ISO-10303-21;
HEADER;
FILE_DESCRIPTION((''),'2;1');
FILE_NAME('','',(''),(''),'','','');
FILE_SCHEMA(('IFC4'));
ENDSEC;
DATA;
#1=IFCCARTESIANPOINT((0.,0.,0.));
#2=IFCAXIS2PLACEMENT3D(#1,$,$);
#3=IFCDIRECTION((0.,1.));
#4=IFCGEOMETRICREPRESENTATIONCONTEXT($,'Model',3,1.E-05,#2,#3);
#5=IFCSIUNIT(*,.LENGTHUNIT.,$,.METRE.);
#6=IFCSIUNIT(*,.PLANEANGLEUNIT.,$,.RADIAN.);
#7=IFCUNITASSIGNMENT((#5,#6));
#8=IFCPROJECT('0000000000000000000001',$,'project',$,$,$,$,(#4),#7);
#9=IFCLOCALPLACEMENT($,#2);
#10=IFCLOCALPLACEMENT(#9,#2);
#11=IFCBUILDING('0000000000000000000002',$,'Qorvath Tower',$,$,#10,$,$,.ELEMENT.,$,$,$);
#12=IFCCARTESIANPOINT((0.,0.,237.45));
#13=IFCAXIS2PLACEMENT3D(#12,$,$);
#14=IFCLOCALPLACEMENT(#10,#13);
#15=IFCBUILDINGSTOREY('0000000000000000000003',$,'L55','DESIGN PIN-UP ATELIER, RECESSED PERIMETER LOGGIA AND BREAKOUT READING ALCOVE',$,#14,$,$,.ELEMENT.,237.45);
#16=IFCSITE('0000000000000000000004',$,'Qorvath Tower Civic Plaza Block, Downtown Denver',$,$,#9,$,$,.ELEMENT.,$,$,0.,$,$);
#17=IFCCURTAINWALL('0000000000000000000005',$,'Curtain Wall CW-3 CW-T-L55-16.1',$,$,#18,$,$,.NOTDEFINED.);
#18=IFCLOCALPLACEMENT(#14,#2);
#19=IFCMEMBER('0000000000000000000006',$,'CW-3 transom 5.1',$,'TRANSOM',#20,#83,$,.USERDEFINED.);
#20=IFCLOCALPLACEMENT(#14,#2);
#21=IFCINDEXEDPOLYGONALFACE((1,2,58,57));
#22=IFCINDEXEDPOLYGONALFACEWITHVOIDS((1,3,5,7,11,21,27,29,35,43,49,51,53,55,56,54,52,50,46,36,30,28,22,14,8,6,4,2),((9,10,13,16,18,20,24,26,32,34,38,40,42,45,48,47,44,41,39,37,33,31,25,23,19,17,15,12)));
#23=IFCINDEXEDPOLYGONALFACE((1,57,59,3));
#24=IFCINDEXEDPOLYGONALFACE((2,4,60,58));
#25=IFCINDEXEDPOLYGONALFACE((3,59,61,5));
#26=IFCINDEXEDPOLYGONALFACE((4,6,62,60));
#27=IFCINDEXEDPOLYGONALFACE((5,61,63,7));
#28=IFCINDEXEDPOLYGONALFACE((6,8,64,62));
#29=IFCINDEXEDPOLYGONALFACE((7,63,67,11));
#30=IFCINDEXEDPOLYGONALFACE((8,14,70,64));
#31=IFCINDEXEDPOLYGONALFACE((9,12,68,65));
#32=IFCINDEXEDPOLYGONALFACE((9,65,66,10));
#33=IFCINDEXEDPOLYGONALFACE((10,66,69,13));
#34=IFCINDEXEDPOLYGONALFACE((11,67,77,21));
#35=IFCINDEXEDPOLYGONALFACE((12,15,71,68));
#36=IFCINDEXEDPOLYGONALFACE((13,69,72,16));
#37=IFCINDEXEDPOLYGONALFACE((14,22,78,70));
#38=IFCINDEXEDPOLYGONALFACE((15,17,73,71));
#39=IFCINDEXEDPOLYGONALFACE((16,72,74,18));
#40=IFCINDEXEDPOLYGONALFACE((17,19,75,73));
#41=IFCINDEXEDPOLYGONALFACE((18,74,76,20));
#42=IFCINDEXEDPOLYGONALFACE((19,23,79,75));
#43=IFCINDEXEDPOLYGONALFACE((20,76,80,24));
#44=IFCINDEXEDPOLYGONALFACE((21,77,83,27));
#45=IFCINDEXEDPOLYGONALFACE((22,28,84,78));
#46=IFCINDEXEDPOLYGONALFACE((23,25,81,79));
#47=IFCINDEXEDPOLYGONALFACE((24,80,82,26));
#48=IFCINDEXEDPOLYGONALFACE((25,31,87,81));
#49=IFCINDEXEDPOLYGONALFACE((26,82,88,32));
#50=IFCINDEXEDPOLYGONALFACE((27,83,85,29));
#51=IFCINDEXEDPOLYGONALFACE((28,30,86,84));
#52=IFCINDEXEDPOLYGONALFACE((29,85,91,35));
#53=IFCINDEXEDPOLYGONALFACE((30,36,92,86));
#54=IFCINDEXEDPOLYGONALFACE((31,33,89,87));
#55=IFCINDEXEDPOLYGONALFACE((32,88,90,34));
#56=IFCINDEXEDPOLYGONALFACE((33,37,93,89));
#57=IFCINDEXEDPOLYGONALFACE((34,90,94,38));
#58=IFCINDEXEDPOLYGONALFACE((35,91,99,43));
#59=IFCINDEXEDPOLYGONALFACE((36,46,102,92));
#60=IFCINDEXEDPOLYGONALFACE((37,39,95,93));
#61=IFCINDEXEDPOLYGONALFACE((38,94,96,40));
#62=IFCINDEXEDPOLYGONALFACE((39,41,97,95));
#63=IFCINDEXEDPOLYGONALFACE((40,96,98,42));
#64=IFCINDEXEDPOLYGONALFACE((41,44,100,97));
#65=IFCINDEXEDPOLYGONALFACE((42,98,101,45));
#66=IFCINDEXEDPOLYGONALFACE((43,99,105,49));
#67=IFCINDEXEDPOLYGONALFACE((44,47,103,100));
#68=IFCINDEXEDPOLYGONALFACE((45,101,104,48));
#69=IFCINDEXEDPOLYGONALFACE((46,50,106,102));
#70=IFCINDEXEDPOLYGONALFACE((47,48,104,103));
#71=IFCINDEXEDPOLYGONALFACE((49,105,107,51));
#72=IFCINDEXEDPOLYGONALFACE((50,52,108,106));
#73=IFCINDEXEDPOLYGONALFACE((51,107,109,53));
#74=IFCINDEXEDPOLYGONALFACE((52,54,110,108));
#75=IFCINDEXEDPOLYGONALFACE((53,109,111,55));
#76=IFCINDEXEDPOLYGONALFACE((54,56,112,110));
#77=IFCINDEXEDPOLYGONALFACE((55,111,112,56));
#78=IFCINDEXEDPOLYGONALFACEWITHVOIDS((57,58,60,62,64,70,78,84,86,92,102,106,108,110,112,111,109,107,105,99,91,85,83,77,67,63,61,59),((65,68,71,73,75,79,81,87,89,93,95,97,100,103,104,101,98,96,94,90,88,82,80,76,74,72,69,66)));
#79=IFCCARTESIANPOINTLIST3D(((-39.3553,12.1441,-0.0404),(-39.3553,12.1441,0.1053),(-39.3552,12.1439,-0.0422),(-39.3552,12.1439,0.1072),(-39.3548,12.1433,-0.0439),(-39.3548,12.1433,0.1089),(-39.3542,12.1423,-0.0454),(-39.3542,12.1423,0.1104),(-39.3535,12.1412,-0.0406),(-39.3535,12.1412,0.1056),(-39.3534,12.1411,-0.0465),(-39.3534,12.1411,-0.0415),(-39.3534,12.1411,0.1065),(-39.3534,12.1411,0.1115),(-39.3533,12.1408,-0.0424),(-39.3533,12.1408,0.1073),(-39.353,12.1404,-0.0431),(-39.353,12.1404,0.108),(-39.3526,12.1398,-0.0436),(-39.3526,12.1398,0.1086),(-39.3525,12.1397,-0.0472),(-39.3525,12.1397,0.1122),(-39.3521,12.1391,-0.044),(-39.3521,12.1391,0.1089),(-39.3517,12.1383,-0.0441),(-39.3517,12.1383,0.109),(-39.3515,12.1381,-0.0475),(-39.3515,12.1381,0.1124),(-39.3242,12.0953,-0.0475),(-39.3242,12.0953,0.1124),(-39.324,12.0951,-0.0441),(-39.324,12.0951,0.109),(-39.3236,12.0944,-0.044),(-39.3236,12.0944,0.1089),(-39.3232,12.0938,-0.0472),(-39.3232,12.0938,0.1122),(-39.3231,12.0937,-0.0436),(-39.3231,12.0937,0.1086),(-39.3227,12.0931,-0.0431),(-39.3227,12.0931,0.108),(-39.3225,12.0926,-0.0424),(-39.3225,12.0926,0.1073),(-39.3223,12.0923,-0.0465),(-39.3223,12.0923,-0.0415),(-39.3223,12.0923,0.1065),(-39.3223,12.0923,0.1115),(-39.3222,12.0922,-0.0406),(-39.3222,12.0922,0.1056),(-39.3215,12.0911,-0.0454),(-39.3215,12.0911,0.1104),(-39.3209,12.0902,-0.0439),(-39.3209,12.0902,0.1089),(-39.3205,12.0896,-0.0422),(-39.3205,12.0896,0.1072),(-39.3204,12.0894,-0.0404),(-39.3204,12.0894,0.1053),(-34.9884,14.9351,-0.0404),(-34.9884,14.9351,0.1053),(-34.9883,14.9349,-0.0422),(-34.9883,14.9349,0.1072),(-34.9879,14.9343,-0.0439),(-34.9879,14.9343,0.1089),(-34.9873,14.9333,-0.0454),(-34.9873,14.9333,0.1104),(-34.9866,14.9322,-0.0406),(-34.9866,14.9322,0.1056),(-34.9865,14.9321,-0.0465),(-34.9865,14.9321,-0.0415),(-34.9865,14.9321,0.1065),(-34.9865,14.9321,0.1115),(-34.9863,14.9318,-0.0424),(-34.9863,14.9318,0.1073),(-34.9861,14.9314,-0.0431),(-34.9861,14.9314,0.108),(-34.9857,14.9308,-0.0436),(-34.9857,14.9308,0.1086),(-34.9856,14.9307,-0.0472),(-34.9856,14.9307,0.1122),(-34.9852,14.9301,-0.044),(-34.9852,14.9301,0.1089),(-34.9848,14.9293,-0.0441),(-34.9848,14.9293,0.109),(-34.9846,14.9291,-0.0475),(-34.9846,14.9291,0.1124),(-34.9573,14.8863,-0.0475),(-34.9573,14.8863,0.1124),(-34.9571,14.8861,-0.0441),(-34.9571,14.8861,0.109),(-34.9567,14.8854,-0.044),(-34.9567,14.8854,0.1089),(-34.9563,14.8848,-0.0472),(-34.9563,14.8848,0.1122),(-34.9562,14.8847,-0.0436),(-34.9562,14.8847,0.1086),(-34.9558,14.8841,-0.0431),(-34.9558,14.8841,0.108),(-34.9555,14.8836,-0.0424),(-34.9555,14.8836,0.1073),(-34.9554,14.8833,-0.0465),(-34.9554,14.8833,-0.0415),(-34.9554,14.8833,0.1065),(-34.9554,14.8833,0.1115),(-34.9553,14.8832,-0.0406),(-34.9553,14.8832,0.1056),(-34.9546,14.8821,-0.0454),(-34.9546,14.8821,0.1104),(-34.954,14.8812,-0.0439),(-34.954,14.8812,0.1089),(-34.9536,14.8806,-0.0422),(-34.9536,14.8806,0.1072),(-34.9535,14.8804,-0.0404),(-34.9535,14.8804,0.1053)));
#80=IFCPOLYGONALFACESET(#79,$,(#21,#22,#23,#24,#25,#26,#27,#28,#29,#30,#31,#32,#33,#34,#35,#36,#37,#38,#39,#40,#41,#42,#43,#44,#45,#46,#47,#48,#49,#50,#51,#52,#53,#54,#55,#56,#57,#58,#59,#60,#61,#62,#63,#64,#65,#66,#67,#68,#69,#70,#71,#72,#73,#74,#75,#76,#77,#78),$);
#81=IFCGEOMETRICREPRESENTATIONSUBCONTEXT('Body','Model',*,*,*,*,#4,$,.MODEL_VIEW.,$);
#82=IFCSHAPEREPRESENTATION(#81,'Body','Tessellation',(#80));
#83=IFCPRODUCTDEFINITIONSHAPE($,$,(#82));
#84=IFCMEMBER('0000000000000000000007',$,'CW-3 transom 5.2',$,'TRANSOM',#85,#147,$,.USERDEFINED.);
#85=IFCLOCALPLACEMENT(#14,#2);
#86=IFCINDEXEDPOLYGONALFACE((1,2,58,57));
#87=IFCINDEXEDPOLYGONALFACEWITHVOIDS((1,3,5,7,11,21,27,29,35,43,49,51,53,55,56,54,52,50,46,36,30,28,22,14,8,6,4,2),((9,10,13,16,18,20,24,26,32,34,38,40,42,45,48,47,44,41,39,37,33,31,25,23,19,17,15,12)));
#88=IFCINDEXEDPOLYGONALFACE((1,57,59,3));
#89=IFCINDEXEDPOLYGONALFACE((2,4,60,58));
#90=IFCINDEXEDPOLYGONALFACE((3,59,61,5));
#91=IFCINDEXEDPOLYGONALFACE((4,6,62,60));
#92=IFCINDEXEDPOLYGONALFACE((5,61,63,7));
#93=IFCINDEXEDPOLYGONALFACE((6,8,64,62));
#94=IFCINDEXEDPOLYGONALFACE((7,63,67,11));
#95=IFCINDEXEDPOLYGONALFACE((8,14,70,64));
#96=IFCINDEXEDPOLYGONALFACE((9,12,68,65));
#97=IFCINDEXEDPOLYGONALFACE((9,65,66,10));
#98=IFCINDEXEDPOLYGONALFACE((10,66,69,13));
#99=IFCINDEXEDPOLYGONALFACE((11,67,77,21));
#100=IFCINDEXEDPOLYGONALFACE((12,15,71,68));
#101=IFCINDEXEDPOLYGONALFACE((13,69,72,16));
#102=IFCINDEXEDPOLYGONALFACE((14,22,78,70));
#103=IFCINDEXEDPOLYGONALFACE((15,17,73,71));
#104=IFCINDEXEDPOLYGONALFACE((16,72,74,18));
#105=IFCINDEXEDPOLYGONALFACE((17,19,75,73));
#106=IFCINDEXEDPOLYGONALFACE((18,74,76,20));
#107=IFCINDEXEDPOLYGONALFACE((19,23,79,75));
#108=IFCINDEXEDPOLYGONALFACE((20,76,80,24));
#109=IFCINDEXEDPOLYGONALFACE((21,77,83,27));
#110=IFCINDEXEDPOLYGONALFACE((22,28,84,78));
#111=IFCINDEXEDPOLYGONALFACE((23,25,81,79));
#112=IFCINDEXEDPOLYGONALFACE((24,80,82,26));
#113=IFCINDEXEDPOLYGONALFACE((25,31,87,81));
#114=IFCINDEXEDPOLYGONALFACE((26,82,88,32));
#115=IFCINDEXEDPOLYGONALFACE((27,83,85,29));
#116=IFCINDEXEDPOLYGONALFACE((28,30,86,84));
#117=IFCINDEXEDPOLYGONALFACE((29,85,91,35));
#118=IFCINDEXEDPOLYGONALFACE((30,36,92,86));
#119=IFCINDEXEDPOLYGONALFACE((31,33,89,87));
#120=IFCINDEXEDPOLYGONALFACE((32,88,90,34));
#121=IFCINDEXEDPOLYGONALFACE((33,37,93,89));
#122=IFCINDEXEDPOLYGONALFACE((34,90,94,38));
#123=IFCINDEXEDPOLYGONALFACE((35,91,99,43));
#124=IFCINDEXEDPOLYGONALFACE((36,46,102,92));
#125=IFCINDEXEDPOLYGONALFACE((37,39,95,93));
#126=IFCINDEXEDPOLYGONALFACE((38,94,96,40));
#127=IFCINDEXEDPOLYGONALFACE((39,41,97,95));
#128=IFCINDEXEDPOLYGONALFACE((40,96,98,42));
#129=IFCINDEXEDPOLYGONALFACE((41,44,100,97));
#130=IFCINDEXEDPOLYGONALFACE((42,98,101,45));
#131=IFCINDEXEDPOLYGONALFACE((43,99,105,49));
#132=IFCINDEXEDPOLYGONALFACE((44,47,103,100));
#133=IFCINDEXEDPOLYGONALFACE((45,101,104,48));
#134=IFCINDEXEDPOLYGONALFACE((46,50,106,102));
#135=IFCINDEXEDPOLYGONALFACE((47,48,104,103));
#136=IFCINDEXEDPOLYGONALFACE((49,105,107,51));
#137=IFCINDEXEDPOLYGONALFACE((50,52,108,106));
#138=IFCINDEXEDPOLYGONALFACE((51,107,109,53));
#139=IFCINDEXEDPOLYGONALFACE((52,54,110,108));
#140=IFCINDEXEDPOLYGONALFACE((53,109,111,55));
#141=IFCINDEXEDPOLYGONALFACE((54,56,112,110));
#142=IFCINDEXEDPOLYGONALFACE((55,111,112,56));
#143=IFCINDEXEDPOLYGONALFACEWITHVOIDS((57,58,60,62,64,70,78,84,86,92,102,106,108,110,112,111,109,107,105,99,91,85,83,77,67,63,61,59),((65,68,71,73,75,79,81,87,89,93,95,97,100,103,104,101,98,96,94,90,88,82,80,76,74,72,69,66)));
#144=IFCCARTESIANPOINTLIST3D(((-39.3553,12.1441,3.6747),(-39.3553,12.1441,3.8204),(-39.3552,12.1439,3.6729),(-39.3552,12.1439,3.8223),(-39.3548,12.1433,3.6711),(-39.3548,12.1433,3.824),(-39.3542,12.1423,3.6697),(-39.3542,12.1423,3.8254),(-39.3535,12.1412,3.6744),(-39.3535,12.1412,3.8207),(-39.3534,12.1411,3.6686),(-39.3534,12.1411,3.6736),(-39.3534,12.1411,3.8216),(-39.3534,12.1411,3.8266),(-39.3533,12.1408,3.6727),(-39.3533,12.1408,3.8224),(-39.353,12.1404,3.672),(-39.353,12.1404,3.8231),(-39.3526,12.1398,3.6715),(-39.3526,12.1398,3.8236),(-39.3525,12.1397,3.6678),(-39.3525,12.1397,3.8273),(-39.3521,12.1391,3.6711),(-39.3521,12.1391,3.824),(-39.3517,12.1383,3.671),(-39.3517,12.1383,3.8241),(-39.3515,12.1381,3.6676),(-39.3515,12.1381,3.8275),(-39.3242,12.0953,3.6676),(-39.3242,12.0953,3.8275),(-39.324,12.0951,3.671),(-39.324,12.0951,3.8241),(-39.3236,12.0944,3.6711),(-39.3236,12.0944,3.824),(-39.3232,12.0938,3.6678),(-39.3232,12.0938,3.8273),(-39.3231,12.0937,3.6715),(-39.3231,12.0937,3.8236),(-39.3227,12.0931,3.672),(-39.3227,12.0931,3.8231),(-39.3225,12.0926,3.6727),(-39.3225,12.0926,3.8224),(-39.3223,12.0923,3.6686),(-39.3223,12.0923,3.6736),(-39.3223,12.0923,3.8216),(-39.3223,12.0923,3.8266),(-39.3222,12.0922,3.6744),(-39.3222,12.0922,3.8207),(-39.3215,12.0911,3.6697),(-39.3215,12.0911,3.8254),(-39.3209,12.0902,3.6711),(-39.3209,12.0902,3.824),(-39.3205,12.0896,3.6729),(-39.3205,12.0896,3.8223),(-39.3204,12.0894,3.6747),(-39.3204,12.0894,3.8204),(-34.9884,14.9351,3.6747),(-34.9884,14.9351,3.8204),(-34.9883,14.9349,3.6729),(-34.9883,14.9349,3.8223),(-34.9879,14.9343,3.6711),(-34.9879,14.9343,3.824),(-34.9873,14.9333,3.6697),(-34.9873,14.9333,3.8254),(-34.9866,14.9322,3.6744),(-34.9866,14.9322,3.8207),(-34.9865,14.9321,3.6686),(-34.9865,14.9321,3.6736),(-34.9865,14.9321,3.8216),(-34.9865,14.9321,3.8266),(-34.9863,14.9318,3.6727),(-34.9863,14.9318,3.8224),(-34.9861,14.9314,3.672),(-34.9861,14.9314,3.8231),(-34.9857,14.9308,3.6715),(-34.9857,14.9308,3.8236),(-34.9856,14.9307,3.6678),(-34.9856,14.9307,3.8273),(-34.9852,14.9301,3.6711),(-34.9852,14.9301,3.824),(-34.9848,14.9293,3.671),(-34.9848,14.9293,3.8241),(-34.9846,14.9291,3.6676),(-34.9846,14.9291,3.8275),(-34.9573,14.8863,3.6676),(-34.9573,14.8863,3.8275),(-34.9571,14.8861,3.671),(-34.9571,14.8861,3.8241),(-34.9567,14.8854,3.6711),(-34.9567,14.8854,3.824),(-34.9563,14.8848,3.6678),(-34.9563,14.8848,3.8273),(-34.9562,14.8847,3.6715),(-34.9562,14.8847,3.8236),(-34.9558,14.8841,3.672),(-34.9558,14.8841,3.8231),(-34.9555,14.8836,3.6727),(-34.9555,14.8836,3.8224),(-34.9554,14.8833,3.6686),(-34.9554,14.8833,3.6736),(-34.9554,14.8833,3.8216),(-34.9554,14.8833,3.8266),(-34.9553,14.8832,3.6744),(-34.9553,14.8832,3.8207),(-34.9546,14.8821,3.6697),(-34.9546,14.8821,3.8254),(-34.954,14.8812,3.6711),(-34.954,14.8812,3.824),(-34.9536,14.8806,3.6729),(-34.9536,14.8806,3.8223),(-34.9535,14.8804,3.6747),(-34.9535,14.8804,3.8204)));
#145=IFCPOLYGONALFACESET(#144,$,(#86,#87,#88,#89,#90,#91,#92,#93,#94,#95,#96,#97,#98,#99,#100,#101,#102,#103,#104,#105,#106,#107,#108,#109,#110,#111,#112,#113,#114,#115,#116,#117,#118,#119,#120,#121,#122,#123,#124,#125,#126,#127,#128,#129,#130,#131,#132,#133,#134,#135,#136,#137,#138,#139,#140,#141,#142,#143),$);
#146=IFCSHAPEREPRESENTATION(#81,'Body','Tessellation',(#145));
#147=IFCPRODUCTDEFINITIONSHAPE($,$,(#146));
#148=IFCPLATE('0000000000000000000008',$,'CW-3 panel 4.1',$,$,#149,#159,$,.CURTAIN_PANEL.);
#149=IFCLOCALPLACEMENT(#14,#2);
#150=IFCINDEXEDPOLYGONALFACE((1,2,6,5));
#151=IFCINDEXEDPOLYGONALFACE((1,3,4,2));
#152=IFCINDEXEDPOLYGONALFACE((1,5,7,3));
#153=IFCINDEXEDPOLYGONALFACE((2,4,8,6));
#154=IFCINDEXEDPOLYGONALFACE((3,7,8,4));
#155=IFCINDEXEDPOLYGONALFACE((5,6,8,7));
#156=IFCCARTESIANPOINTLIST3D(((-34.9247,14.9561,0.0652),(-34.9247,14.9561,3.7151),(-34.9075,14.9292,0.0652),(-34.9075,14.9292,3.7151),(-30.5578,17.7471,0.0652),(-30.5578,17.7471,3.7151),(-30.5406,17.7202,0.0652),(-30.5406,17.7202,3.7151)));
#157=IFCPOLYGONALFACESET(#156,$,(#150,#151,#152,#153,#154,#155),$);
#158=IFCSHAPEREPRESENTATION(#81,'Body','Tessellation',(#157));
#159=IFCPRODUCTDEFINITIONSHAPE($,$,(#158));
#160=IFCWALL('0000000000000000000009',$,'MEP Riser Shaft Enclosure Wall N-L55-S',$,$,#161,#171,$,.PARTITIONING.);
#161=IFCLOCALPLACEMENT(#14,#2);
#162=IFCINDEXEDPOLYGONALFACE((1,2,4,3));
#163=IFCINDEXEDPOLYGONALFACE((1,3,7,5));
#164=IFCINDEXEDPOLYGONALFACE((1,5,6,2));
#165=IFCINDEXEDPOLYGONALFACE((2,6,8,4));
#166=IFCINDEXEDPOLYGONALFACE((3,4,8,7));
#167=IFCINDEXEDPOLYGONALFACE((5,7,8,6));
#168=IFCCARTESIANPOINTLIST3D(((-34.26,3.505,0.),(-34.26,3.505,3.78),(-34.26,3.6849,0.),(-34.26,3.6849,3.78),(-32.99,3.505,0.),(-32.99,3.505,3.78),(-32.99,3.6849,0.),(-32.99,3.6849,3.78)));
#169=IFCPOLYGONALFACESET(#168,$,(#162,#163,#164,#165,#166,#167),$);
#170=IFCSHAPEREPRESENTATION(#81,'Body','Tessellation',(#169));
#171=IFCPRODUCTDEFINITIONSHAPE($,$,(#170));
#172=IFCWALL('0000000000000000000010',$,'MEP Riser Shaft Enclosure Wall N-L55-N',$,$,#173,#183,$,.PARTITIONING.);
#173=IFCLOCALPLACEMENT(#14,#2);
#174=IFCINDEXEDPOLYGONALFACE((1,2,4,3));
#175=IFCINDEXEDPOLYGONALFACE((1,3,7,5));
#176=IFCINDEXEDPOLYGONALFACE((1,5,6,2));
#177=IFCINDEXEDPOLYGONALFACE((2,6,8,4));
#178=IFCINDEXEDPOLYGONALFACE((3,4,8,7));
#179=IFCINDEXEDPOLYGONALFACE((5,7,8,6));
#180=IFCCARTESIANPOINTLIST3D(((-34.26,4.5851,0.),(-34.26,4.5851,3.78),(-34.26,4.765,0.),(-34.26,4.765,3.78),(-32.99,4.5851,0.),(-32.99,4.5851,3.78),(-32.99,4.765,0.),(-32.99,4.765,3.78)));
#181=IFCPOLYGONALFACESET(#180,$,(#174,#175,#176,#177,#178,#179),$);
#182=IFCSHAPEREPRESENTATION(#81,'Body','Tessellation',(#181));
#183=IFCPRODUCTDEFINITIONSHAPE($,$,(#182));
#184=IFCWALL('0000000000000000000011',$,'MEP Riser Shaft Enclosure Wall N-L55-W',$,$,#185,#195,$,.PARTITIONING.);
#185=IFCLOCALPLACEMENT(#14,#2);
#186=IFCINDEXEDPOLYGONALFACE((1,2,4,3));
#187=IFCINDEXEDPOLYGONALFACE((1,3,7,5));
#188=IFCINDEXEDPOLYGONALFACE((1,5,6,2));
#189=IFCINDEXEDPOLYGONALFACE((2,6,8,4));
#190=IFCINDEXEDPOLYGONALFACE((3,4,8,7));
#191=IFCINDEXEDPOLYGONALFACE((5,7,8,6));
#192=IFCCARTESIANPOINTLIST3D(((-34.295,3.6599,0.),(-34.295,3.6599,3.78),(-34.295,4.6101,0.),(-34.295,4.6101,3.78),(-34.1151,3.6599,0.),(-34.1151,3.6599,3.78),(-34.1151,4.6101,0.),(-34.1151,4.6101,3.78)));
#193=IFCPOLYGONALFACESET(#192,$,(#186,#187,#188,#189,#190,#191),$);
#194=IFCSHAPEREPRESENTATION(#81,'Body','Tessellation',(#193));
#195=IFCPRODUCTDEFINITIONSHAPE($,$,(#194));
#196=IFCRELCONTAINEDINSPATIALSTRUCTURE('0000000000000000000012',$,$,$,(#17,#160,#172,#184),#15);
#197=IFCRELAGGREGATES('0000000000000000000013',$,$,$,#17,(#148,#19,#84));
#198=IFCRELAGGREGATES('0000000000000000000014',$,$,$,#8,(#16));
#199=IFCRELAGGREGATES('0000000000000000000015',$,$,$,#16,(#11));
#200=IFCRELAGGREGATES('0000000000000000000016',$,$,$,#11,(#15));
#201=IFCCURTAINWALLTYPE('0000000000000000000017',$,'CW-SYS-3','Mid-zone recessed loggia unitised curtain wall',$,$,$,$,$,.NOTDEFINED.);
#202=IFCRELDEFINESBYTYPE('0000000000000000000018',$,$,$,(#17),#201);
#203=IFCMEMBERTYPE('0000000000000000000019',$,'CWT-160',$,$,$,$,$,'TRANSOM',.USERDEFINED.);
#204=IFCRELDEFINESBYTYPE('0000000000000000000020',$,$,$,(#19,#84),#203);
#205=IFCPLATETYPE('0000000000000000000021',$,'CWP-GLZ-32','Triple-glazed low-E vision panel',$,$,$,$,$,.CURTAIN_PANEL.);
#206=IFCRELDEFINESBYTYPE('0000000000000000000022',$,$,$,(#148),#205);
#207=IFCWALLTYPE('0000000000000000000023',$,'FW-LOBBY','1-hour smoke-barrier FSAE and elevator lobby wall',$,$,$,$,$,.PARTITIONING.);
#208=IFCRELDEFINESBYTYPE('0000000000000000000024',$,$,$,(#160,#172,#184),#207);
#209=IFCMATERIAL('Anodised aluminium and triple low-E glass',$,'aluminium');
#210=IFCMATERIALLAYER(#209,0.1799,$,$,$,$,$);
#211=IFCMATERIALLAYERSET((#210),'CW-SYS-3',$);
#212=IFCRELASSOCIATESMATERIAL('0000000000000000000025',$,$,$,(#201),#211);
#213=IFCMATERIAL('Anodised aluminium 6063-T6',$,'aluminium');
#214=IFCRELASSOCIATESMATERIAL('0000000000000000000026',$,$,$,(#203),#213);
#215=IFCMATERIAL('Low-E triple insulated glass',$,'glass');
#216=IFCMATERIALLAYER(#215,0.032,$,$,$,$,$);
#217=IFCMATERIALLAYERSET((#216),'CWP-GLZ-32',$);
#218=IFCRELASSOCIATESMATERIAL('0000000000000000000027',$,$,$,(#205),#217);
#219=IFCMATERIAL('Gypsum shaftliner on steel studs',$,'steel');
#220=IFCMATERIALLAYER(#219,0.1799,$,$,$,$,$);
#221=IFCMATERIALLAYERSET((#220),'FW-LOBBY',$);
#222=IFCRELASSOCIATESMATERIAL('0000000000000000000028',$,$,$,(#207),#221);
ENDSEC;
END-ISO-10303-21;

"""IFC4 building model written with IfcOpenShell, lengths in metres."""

from ifc_helpers import new_model, si_unit, direction, frame, frame_2d, origin, origin_2d, place, context, subcontext, project, spatial, rectangle, hollow_rectangle, extrude, material, layer, layer_set, material_profile, profile_set, type_object, element, aggregate, save


model = new_model("IFC4")

# Units and contexts
model_context = context("Model", 3, precision=1e-05, world=origin(), true_north=direction((0.0, 1.0)))
body_context = subcontext(model_context, "Body", "Model", "MODEL_VIEW")
ifc_project = project(units=[si_unit("LENGTHUNIT", "METRE"), si_unit("PLANEANGLEUNIT", "RADIAN")], contexts=[model_context])

# Site, building, storey
site_placement = place(None, origin())
site = spatial("IfcSite", under=ifc_project, at=site_placement, Name="Qorvath Tower Civic Plaza Block, Downtown Denver", CompositionType="ELEMENT", RefElevation=0.0)
building_placement = place(site_placement, origin())
building = spatial("IfcBuilding", under=site, at=building_placement, Name="Qorvath Tower", CompositionType="ELEMENT")
storey_placement = place(building_placement, frame((0.0, 0.0, 237.45)))
storey = spatial("IfcBuildingStorey", under=building, at=storey_placement, Name="L55", Description="DESIGN PIN-UP ATELIER, RECESSED PERIMETER LOGGIA AND BREAKOUT READING ALCOVE", CompositionType="ELEMENT", Elevation=237.45)

# Curtain wall, members, plate
ifc_material_1 = material(Name="Anodised aluminium and triple low-E glass", Category="aluminium")
ifc_layer_1 = layer(ifc_material_1, 0.1799)
ifc_layer_set_1 = layer_set([ifc_layer_1], Name="CW-SYS-3")
curtain_wall_type = type_object("IfcCurtainWallType", Name="CW-SYS-3", Description="Mid-zone recessed loggia unitised curtain wall", PredefinedType="NOTDEFINED", material=ifc_layer_set_1)
curtain_wall_placement = place(storey_placement, origin())
curtain_wall = element("IfcCurtainWall", 1, at=curtain_wall_placement, inside=storey, type_object=curtain_wall_type, Name="Curtain Wall CW-3 CW-T-L55-16.1", PredefinedType="NOTDEFINED")
ifc_material_2 = material(Name="Anodised aluminium 6063-T6", Category="aluminium")
ifc_material_profile_1 = material_profile(ifc_material_2, hollow_rectangle(XDim=0.0649, YDim=0.1599, WallThickness=0.0034, InnerFilletRadius=0.0034, OuterFilletRadius=0.0071, at=origin_2d()), Name="CWT 160x65")
ifc_profile_set_1 = profile_set([ifc_material_profile_1], Name="Anodised aluminium 6063-T6")
member_type_1 = type_object("IfcMemberType", Name="CWT-160", ElementType="TRANSOM", PredefinedType="USERDEFINED", material=ifc_profile_set_1)
member_1_placement = place(storey_placement, frame((-34.9709, 14.9077, 0.0325), z_axis=(-0.842607, -0.53853, 0.0), x_axis=(0.53853, -0.842607, 0.0)))
member_1 = element("IfcMember", 2, at=member_1_placement, type_object=member_type_1, Name="CW-3 transom 5.1", ObjectType="TRANSOM", PredefinedType="USERDEFINED", context=body_context, shape_type="SweptSolid", body=[
    extrude(hollow_rectangle(XDim=0.0649, YDim=0.1599, WallThickness=0.0034, InnerFilletRadius=0.0034, OuterFilletRadius=0.0071, at=origin_2d()), origin(), (0.0, 0.0, 1.0), 5.1826),
])
member_2_placement = place(storey_placement, frame((-34.9709, 14.9077, 3.7476), z_axis=(-0.842607, -0.53853, 0.0), x_axis=(0.53853, -0.842607, 0.0)))
member_2 = element("IfcMember", 3, at=member_2_placement, type_object=member_type_1, Name="CW-3 transom 5.2", ObjectType="TRANSOM", PredefinedType="USERDEFINED", context=body_context, shape_type="SweptSolid", body=[
    extrude(hollow_rectangle(XDim=0.0649, YDim=0.1599, WallThickness=0.0034, InnerFilletRadius=0.0034, OuterFilletRadius=0.0071, at=origin_2d()), origin(), (0.0, 0.0, 1.0), 5.1826),
])
ifc_material_3 = material(Name="Low-E triple insulated glass", Category="glass")
ifc_layer_2 = layer(ifc_material_3, 0.032)
ifc_layer_set_2 = layer_set([ifc_layer_2], Name="CWP-GLZ-32")
plate_type = type_object("IfcPlateType", Name="CWP-GLZ-32", Description="Triple-glazed low-E vision panel", PredefinedType="CURTAIN_PANEL", material=ifc_layer_set_2)
plate_placement = place(storey_placement, frame((-32.7327, 16.3381, 0.0652), z_axis=(0.0, 0.0, 1.0), x_axis=(-0.842607, -0.538529, 0.0)))
plate = element("IfcPlate", 4, at=plate_placement, type_object=plate_type, Name="CW-3 panel 4.1", PredefinedType="CURTAIN_PANEL", context=body_context, shape_type="SweptSolid", body=[
    extrude(rectangle(XDim=5.1826, YDim=0.032, at=origin_2d()), origin(), (0.0, 0.0, 1.0), 3.6499),
])
aggregate(curtain_wall, [plate, member_1, member_2])

# Walls
ifc_material_4 = material(Name="Gypsum shaftliner on steel studs", Category="steel")
ifc_layer_3 = layer(ifc_material_4, 0.1799)
ifc_layer_set_3 = layer_set([ifc_layer_3], Name="FW-LOBBY")
wall_type_1 = type_object("IfcWallType", Name="FW-LOBBY", Description="1-hour smoke-barrier FSAE and elevator lobby wall", PredefinedType="PARTITIONING", material=ifc_layer_set_3)
for number, where, z_axis, x_axis, name in (
    (5, (-32.99, 3.595, 0.0), (0.0, 0.0, 1.0), (-1.0, 0.0, 0.0), "MEP Riser Shaft Enclosure Wall N-L55-S"),
    (6, (-34.26, 4.675, 0.0), (0.0, 0.0, 1.0), (1.0, 0.0, 0.0), "MEP Riser Shaft Enclosure Wall N-L55-N"),
):
    element("IfcWall", number, at=place(storey_placement, frame(where, z_axis=z_axis, x_axis=x_axis)), inside=storey, type_object=wall_type_1, Name=name, PredefinedType="PARTITIONING", context=body_context, shape_type="SweptSolid", body=[
        extrude(rectangle(XDim=1.27, YDim=0.1799, at=frame_2d((0.635, 0.0))), origin(), (0.0, 0.0, 1.0), 3.78),
    ])
for number, where, z_axis, x_axis, name in (
    (7, (-34.2051, 3.6599, 0.0), (0.0, 0.0, 1.0), (0.0, 1.0, 0.0), "MEP Riser Shaft Enclosure Wall N-L55-W"),
):
    element("IfcWall", number, at=place(storey_placement, frame(where, z_axis=z_axis, x_axis=x_axis)), inside=storey, type_object=wall_type_1, Name=name, PredefinedType="PARTITIONING", context=body_context, shape_type="SweptSolid", body=[
        extrude(rectangle(XDim=0.9502, YDim=0.1799, at=frame_2d((0.4751, 0.0))), origin(), (0.0, 0.0, 1.0), 3.78),
    ])

save(model, "model.ifc")
